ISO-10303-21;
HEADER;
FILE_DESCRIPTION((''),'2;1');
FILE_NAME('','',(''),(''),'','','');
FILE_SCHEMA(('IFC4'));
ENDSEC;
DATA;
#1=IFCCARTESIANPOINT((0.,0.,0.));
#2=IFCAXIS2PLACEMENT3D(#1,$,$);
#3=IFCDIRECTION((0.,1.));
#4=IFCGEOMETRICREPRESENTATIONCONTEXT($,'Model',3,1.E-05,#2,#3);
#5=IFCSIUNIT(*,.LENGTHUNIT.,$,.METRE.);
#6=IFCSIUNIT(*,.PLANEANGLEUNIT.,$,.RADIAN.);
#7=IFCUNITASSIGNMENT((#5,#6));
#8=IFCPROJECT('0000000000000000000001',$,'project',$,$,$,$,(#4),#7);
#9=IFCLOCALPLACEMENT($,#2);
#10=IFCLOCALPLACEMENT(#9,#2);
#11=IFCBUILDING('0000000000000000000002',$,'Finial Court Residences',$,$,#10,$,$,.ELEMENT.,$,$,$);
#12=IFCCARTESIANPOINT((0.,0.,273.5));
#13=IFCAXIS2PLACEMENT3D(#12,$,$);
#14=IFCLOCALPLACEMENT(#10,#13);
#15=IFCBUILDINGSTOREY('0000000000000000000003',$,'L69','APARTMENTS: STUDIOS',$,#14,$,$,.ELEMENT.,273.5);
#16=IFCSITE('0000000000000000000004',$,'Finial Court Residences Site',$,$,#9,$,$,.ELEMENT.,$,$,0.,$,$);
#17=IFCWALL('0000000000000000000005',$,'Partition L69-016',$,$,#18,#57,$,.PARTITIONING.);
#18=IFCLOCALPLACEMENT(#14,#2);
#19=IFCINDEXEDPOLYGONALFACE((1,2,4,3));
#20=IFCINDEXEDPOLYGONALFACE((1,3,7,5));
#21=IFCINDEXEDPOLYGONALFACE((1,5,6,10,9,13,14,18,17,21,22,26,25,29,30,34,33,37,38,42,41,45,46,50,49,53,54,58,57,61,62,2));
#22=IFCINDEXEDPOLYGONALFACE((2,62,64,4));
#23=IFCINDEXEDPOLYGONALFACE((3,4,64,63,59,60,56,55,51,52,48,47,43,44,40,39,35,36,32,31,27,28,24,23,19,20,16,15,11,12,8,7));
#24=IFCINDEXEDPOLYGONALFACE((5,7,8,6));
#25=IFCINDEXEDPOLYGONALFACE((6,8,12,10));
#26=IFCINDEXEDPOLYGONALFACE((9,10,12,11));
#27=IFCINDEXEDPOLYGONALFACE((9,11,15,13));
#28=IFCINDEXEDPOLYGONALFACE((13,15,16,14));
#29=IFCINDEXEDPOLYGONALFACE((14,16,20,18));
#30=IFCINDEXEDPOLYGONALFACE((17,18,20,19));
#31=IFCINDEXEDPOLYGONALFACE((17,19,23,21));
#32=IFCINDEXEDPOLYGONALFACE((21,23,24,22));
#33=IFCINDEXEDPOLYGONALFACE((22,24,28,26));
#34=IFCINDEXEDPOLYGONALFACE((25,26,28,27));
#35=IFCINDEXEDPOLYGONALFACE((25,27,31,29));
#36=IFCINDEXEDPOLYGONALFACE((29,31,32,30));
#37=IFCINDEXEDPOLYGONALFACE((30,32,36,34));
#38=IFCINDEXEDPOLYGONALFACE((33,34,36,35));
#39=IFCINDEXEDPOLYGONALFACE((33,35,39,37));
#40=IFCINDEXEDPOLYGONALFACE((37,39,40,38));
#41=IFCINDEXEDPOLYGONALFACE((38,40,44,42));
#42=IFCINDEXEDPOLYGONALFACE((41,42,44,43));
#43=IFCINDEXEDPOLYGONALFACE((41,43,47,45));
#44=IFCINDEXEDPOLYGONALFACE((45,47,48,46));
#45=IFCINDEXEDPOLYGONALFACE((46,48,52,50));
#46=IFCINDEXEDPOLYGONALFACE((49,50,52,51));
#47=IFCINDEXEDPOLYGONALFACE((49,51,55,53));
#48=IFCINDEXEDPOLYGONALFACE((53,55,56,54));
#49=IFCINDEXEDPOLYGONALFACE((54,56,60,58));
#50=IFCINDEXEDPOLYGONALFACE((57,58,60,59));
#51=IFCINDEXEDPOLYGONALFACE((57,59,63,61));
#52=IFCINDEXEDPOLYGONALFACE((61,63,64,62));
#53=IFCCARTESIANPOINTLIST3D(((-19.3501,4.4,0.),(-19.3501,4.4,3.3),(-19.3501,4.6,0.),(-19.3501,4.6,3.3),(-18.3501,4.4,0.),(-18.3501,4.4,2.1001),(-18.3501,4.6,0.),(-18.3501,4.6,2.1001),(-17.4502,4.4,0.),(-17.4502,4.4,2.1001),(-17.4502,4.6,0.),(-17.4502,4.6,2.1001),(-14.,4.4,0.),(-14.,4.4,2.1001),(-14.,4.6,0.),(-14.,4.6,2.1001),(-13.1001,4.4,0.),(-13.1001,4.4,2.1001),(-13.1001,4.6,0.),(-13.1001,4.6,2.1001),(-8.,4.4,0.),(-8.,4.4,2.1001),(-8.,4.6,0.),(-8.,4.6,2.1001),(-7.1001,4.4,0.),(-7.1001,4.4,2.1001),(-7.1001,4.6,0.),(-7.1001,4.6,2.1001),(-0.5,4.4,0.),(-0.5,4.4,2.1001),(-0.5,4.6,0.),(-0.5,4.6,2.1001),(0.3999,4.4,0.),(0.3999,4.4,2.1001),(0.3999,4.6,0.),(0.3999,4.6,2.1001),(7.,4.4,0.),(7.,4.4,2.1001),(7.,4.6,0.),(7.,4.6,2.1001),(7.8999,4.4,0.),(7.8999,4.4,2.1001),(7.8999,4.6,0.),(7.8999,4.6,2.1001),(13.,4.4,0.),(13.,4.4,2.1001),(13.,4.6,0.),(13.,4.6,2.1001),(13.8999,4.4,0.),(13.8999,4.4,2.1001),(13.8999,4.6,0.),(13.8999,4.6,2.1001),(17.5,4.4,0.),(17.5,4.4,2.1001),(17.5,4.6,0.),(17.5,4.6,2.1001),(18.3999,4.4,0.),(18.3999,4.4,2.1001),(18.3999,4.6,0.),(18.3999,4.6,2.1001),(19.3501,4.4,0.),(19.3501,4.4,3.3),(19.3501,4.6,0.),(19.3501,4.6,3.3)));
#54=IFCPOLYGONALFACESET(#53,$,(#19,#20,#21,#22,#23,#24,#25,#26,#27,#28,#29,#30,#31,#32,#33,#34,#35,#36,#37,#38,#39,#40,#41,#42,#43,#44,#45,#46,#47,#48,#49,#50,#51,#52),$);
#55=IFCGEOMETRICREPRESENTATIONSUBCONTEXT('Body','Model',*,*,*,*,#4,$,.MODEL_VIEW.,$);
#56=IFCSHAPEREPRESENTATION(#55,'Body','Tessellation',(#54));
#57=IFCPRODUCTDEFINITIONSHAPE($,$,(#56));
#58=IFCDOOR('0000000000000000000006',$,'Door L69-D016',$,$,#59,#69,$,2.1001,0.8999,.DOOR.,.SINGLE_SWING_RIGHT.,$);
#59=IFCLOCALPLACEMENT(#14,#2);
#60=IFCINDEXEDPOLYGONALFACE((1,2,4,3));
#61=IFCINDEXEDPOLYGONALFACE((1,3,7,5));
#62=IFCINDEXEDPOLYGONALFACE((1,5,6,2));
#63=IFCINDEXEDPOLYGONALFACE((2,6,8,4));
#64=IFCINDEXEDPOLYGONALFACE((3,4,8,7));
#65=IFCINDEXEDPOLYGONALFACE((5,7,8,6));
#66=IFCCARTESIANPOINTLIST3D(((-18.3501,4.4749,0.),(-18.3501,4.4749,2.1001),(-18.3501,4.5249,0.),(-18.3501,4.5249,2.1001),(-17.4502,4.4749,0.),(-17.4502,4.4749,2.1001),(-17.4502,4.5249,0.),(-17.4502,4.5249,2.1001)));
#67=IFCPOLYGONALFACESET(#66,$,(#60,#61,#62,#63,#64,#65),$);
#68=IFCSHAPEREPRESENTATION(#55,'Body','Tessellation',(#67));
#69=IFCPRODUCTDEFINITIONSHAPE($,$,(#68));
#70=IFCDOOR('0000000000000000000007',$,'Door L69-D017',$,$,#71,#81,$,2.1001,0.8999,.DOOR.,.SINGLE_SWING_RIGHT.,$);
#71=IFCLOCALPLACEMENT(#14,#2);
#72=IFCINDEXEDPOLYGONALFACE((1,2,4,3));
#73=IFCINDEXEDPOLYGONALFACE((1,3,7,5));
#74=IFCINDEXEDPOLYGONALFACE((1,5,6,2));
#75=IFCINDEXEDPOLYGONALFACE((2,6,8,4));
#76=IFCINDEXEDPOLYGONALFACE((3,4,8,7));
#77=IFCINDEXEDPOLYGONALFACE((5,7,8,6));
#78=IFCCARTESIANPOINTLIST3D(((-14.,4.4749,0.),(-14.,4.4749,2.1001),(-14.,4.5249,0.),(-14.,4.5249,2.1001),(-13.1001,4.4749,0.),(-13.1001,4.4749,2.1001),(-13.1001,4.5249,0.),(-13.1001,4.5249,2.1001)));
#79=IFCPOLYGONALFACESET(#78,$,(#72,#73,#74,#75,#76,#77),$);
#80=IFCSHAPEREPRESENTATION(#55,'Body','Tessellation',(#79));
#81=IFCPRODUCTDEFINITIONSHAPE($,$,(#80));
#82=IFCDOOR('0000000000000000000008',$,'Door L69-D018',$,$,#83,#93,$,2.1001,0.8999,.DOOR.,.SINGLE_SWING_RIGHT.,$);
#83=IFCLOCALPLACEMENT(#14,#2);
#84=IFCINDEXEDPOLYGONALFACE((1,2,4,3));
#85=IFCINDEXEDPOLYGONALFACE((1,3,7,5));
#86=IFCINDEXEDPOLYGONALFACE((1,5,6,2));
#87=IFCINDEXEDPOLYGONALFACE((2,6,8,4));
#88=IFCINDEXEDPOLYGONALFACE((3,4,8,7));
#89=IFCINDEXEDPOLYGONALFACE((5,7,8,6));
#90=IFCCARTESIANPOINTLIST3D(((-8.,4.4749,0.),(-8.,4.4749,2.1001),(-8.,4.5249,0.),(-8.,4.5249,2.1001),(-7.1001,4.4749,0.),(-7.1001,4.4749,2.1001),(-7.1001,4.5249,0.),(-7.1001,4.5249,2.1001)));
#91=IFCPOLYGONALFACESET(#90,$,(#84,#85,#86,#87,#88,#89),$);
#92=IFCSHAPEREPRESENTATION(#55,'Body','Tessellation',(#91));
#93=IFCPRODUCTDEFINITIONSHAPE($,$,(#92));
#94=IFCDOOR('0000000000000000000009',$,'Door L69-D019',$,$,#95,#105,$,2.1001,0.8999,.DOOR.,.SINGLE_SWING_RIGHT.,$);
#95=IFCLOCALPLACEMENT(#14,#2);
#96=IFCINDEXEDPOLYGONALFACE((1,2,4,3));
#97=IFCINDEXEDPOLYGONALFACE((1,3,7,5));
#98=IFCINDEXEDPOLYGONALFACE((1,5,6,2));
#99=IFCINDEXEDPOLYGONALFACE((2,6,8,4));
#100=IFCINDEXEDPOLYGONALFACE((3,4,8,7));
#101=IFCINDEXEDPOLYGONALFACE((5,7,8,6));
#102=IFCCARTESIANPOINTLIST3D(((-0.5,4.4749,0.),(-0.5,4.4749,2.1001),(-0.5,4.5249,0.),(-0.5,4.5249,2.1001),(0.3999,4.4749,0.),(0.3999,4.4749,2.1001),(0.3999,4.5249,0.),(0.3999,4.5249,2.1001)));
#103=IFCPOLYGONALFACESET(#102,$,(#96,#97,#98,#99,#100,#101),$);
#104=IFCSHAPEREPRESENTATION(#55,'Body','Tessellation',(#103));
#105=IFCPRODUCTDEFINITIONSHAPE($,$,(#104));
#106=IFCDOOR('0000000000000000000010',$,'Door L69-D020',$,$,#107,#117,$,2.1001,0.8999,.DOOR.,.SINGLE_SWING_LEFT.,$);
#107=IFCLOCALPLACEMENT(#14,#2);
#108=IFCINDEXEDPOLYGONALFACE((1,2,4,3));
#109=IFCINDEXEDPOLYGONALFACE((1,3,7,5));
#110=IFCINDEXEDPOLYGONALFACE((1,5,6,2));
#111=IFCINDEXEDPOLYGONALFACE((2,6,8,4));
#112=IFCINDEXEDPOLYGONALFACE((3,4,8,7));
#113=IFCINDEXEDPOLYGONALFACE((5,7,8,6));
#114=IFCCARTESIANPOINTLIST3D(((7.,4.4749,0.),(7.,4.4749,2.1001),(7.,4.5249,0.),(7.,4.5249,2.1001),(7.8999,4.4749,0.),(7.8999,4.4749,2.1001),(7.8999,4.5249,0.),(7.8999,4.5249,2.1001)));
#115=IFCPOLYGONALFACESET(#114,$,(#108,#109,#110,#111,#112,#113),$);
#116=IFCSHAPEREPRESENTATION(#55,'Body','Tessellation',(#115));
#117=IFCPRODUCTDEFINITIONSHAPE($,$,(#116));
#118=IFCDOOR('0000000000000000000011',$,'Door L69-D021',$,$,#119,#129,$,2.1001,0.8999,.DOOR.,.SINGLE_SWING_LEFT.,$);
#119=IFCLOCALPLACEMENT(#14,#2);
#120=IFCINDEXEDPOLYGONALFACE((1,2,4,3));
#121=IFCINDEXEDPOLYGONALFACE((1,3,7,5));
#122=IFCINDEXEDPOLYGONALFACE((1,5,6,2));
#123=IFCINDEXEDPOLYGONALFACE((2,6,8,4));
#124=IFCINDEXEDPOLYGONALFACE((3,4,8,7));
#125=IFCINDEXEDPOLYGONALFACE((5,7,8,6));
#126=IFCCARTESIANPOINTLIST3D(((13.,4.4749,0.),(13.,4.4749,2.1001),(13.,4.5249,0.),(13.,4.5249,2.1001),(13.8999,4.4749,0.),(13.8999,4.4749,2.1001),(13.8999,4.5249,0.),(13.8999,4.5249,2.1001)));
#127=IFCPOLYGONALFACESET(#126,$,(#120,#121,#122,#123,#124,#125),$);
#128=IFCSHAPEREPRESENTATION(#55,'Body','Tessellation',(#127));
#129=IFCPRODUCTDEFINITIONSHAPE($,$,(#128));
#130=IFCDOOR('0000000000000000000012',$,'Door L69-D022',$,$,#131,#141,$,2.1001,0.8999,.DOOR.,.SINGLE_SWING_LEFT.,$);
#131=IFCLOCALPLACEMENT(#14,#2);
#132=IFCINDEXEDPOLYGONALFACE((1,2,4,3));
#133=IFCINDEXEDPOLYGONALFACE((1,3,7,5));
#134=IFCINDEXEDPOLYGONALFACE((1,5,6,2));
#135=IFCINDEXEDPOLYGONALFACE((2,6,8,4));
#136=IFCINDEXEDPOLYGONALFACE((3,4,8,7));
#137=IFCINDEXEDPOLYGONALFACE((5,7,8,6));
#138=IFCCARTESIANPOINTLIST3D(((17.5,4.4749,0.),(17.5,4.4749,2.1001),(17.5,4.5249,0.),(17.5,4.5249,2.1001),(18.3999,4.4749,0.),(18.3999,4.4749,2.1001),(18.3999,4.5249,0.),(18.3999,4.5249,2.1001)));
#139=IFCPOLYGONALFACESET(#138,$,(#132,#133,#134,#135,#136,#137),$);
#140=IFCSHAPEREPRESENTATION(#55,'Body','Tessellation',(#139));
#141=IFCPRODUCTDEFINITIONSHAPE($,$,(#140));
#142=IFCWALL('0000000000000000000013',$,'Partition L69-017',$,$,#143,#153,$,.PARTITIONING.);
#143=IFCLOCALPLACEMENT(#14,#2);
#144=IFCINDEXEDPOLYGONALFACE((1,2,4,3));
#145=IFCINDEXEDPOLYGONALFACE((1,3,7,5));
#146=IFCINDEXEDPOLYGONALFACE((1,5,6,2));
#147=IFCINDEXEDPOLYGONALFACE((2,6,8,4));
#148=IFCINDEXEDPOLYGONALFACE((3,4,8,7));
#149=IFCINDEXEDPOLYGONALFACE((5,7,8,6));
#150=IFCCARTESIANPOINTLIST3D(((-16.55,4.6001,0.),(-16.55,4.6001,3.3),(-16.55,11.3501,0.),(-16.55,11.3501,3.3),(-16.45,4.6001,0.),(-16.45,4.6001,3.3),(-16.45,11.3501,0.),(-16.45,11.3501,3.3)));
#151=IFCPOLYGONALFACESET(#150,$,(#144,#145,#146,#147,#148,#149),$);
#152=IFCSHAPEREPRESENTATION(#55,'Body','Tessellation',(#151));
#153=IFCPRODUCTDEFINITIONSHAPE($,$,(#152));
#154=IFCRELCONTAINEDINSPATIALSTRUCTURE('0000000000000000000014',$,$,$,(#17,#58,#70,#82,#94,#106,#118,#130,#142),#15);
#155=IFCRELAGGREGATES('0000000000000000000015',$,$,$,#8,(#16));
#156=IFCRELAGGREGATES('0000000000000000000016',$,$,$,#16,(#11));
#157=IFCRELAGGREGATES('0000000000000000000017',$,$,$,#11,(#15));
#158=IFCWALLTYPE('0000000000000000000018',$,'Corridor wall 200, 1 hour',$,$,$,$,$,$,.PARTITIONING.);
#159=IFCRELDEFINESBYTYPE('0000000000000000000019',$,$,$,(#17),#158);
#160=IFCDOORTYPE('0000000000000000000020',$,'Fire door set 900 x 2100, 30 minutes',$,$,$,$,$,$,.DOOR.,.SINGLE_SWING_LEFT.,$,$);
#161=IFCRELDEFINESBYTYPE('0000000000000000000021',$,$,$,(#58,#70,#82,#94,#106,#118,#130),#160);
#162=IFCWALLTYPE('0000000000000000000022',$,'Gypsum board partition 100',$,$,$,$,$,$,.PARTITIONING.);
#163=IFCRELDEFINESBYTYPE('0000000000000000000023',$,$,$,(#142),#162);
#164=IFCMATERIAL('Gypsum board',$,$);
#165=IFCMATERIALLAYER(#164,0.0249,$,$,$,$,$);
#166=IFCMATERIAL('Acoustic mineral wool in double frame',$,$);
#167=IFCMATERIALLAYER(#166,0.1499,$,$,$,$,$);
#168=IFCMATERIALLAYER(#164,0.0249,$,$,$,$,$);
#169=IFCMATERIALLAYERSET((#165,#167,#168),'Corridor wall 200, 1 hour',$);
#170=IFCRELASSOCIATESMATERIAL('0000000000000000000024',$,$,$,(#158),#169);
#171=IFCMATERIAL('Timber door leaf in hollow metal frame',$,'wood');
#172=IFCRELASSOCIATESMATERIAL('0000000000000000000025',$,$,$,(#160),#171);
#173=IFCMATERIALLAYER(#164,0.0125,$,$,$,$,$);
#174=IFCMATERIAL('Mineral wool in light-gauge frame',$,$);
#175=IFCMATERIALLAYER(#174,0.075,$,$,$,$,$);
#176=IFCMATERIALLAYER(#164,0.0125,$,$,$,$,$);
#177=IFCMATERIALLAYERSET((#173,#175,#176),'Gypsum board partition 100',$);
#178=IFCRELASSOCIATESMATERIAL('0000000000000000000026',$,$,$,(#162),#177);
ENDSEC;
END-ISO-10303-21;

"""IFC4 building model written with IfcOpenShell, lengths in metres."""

from ifc_helpers import new_model, si_unit, direction, frame, frame_2d, origin, place, context, subcontext, project, spatial, rectangle, extrude, material, layer, layer_set, type_object, element, fill, save


model = new_model("IFC4")

# Units and contexts
model_context = context("Model", 3, precision=1e-05, world=origin(), true_north=direction((0.0, 1.0)))
body_context = subcontext(model_context, "Body", "Model", "MODEL_VIEW")
ifc_project = project(units=[si_unit("LENGTHUNIT", "METRE"), si_unit("PLANEANGLEUNIT", "RADIAN")], contexts=[model_context])

# Site, building, storey
site_placement = place(None, origin())
site = spatial("IfcSite", under=ifc_project, at=site_placement, Name="Finial Court Residences Site", CompositionType="ELEMENT", RefElevation=0.0)
building_placement = place(site_placement, origin())
building = spatial("IfcBuilding", under=site, at=building_placement, Name="Finial Court Residences", CompositionType="ELEMENT")
storey_placement = place(building_placement, frame((0.0, 0.0, 273.5)))
storey = spatial("IfcBuildingStorey", under=building, at=storey_placement, Name="L69", Description="APARTMENTS: STUDIOS", CompositionType="ELEMENT", Elevation=273.5)

# Shared definitions
ifc_material_1 = material(Name="Gypsum board")
ifc_layer_1 = layer(ifc_material_1, 0.0249)
ifc_material_2 = material(Name="Acoustic mineral wool in double frame")
ifc_layer_2 = layer(ifc_material_2, 0.1499)
ifc_layer_3 = layer(ifc_material_1, 0.0249)
ifc_layer_set_1 = layer_set([ifc_layer_1, ifc_layer_2, ifc_layer_3], Name="Corridor wall 200, 1 hour")
wall_type_1 = type_object("IfcWallType", Name="Corridor wall 200, 1 hour", PredefinedType="PARTITIONING", material=ifc_layer_set_1)

# Wall, openings, doors
wall_1_placement = place(storey_placement, frame((-19.3501, 4.5, 0.0), z_axis=(0.0, 0.0, 1.0), x_axis=(1.0, 0.0, 0.0)))
wall_1 = element("IfcWall", 1, at=wall_1_placement, inside=storey, type_object=wall_type_1, Name="Partition L69-016", PredefinedType="PARTITIONING", context=body_context, shape_type="SweptSolid", body=[
    extrude(rectangle(XDim=38.7002, YDim=0.2, at=frame_2d((19.3501, 0.0))), origin(), (0.0, 0.0, 1.0), 3.3),
])
opening_1_placement = place(wall_1_placement, frame((1.0, 0.0, 0.0)))
opening_1 = element("IfcOpeningElement", 2, at=opening_1_placement, cuts=wall_1, PredefinedType="OPENING", context=body_context, shape_type="SweptSolid", body=[
    extrude(rectangle(XDim=0.8999, YDim=2.1001, at=frame_2d((0.45, 1.05))), frame((0.0, 0.1099, 0.0), z_axis=(0.0, -1.0, 0.0), x_axis=(1.0, 0.0, 0.0)), (0.0, 0.0, 1.0), 0.22),
])
opening_2_placement = place(wall_1_placement, frame((5.3501, 0.0, 0.0)))
opening_2 = element("IfcOpeningElement", 3, at=opening_2_placement, cuts=wall_1, PredefinedType="OPENING", context=body_context, shape_type="SweptSolid", body=[
    extrude(rectangle(XDim=0.8999, YDim=2.1001, at=frame_2d((0.45, 1.05))), frame((0.0, 0.1099, 0.0), z_axis=(0.0, -1.0, 0.0), x_axis=(1.0, 0.0, 0.0)), (0.0, 0.0, 1.0), 0.22),
])
opening_3_placement = place(wall_1_placement, frame((11.3501, 0.0, 0.0)))
opening_3 = element("IfcOpeningElement", 4, at=opening_3_placement, cuts=wall_1, PredefinedType="OPENING", context=body_context, shape_type="SweptSolid", body=[
    extrude(rectangle(XDim=0.8999, YDim=2.1001, at=frame_2d((0.45, 1.05))), frame((0.0, 0.1099, 0.0), z_axis=(0.0, -1.0, 0.0), x_axis=(1.0, 0.0, 0.0)), (0.0, 0.0, 1.0), 0.22),
])
opening_4_placement = place(wall_1_placement, frame((18.8501, 0.0, 0.0)))
opening_4 = element("IfcOpeningElement", 5, at=opening_4_placement, cuts=wall_1, PredefinedType="OPENING", context=body_context, shape_type="SweptSolid", body=[
    extrude(rectangle(XDim=0.8999, YDim=2.1001, at=frame_2d((0.45, 1.05))), frame((0.0, 0.1099, 0.0), z_axis=(0.0, -1.0, 0.0), x_axis=(1.0, 0.0, 0.0)), (0.0, 0.0, 1.0), 0.22),
])
opening_5_placement = place(wall_1_placement, frame((26.3501, 0.0, 0.0)))
opening_5 = element("IfcOpeningElement", 6, at=opening_5_placement, cuts=wall_1, PredefinedType="OPENING", context=body_context, shape_type="SweptSolid", body=[
    extrude(rectangle(XDim=0.8999, YDim=2.1001, at=frame_2d((0.45, 1.05))), frame((0.0, 0.1099, 0.0), z_axis=(0.0, -1.0, 0.0), x_axis=(1.0, 0.0, 0.0)), (0.0, 0.0, 1.0), 0.22),
])
opening_6_placement = place(wall_1_placement, frame((32.3501, 0.0, 0.0)))
opening_6 = element("IfcOpeningElement", 7, at=opening_6_placement, cuts=wall_1, PredefinedType="OPENING", context=body_context, shape_type="SweptSolid", body=[
    extrude(rectangle(XDim=0.8999, YDim=2.1001, at=frame_2d((0.45, 1.05))), frame((0.0, 0.1099, 0.0), z_axis=(0.0, -1.0, 0.0), x_axis=(1.0, 0.0, 0.0)), (0.0, 0.0, 1.0), 0.22),
])
opening_7_placement = place(wall_1_placement, frame((36.8501, 0.0, 0.0)))
opening_7 = element("IfcOpeningElement", 8, at=opening_7_placement, cuts=wall_1, PredefinedType="OPENING", context=body_context, shape_type="SweptSolid", body=[
    extrude(rectangle(XDim=0.8999, YDim=2.1001, at=frame_2d((0.45, 1.05))), frame((0.0, 0.1099, 0.0), z_axis=(0.0, -1.0, 0.0), x_axis=(1.0, 0.0, 0.0)), (0.0, 0.0, 1.0), 0.22),
])
ifc_material_3 = material(Name="Timber door leaf in hollow metal frame", Category="wood")
door_type_1 = type_object("IfcDoorType", Name="Fire door set 900 x 2100, 30 minutes", OperationType="SINGLE_SWING_LEFT", PredefinedType="DOOR", material=ifc_material_3)
door_1_placement = place(opening_1_placement, origin())
door_1 = element("IfcDoor", 9, at=door_1_placement, inside=storey, type_object=door_type_1, Name="Door L69-D016", OperationType="SINGLE_SWING_RIGHT", OverallHeight=2.1001, OverallWidth=0.8999, PredefinedType="DOOR", context=body_context, shape_type="SweptSolid", body=[
    extrude(rectangle(XDim=0.8999, YDim=2.1001, at=frame_2d((0.45, 1.05))), frame((0.0, 0.0249, 0.0), z_axis=(0.0, -1.0, 0.0), x_axis=(1.0, 0.0, 0.0)), (0.0, 0.0, 1.0), 0.05),
])
fill(opening_1, door_1)
door_2_placement = place(opening_2_placement, origin())
door_2 = element("IfcDoor", 10, at=door_2_placement, inside=storey, type_object=door_type_1, Name="Door L69-D017", OperationType="SINGLE_SWING_RIGHT", OverallHeight=2.1001, OverallWidth=0.8999, PredefinedType="DOOR", context=body_context, shape_type="SweptSolid", body=[
    extrude(rectangle(XDim=0.8999, YDim=2.1001, at=frame_2d((0.45, 1.05))), frame((0.0, 0.0249, 0.0), z_axis=(0.0, -1.0, 0.0), x_axis=(1.0, 0.0, 0.0)), (0.0, 0.0, 1.0), 0.05),
])
fill(opening_2, door_2)
door_3_placement = place(opening_3_placement, origin())
door_3 = element("IfcDoor", 11, at=door_3_placement, inside=storey, type_object=door_type_1, Name="Door L69-D018", OperationType="SINGLE_SWING_RIGHT", OverallHeight=2.1001, OverallWidth=0.8999, PredefinedType="DOOR", context=body_context, shape_type="SweptSolid", body=[
    extrude(rectangle(XDim=0.8999, YDim=2.1001, at=frame_2d((0.45, 1.05))), frame((0.0, 0.0249, 0.0), z_axis=(0.0, -1.0, 0.0), x_axis=(1.0, 0.0, 0.0)), (0.0, 0.0, 1.0), 0.05),
])
fill(opening_3, door_3)
door_4_placement = place(opening_4_placement, origin())
door_4 = element("IfcDoor", 12, at=door_4_placement, inside=storey, type_object=door_type_1, Name="Door L69-D019", OperationType="SINGLE_SWING_RIGHT", OverallHeight=2.1001, OverallWidth=0.8999, PredefinedType="DOOR", context=body_context, shape_type="SweptSolid", body=[
    extrude(rectangle(XDim=0.8999, YDim=2.1001, at=frame_2d((0.45, 1.05))), frame((0.0, 0.0249, 0.0), z_axis=(0.0, -1.0, 0.0), x_axis=(1.0, 0.0, 0.0)), (0.0, 0.0, 1.0), 0.05),
])
fill(opening_4, door_4)
door_5_placement = place(opening_5_placement, origin())
door_5 = element("IfcDoor", 13, at=door_5_placement, inside=storey, type_object=door_type_1, Name="Door L69-D020", OperationType="SINGLE_SWING_LEFT", OverallHeight=2.1001, OverallWidth=0.8999, PredefinedType="DOOR", context=body_context, shape_type="SweptSolid", body=[
    extrude(rectangle(XDim=0.8999, YDim=2.1001, at=frame_2d((0.45, 1.05))), frame((0.0, 0.0249, 0.0), z_axis=(0.0, -1.0, 0.0), x_axis=(1.0, 0.0, 0.0)), (0.0, 0.0, 1.0), 0.05),
])
fill(opening_5, door_5)
door_6_placement = place(opening_6_placement, origin())
door_6 = element("IfcDoor", 14, at=door_6_placement, inside=storey, type_object=door_type_1, Name="Door L69-D021", OperationType="SINGLE_SWING_LEFT", OverallHeight=2.1001, OverallWidth=0.8999, PredefinedType="DOOR", context=body_context, shape_type="SweptSolid", body=[
    extrude(rectangle(XDim=0.8999, YDim=2.1001, at=frame_2d((0.45, 1.05))), frame((0.0, 0.0249, 0.0), z_axis=(0.0, -1.0, 0.0), x_axis=(1.0, 0.0, 0.0)), (0.0, 0.0, 1.0), 0.05),
])
fill(opening_6, door_6)
door_7_placement = place(opening_7_placement, origin())
door_7 = element("IfcDoor", 15, at=door_7_placement, inside=storey, type_object=door_type_1, Name="Door L69-D022", OperationType="SINGLE_SWING_LEFT", OverallHeight=2.1001, OverallWidth=0.8999, PredefinedType="DOOR", context=body_context, shape_type="SweptSolid", body=[
    extrude(rectangle(XDim=0.8999, YDim=2.1001, at=frame_2d((0.45, 1.05))), frame((0.0, 0.0249, 0.0), z_axis=(0.0, -1.0, 0.0), x_axis=(1.0, 0.0, 0.0)), (0.0, 0.0, 1.0), 0.05),
])
fill(opening_7, door_7)

# Wall
ifc_layer_4 = layer(ifc_material_1, 0.0125)
ifc_material_4 = material(Name="Mineral wool in light-gauge frame")
ifc_layer_5 = layer(ifc_material_4, 0.075)
ifc_layer_6 = layer(ifc_material_1, 0.0125)
ifc_layer_set_2 = layer_set([ifc_layer_4, ifc_layer_5, ifc_layer_6], Name="Gypsum board partition 100")
wall_type_2 = type_object("IfcWallType", Name="Gypsum board partition 100", PredefinedType="PARTITIONING", material=ifc_layer_set_2)
wall_2_placement = place(storey_placement, frame((-16.5, 4.6001, 0.0), z_axis=(0.0, 0.0, 1.0), x_axis=(0.0, 1.0, 0.0)))
element("IfcWall", 16, at=wall_2_placement, inside=storey, type_object=wall_type_2, Name="Partition L69-017", PredefinedType="PARTITIONING", context=body_context, shape_type="SweptSolid", body=[
    extrude(rectangle(XDim=6.75, YDim=0.1001, at=frame_2d((3.375, 0.0))), origin(), (0.0, 0.0, 1.0), 3.3),
])

save(model, "model.ifc")
